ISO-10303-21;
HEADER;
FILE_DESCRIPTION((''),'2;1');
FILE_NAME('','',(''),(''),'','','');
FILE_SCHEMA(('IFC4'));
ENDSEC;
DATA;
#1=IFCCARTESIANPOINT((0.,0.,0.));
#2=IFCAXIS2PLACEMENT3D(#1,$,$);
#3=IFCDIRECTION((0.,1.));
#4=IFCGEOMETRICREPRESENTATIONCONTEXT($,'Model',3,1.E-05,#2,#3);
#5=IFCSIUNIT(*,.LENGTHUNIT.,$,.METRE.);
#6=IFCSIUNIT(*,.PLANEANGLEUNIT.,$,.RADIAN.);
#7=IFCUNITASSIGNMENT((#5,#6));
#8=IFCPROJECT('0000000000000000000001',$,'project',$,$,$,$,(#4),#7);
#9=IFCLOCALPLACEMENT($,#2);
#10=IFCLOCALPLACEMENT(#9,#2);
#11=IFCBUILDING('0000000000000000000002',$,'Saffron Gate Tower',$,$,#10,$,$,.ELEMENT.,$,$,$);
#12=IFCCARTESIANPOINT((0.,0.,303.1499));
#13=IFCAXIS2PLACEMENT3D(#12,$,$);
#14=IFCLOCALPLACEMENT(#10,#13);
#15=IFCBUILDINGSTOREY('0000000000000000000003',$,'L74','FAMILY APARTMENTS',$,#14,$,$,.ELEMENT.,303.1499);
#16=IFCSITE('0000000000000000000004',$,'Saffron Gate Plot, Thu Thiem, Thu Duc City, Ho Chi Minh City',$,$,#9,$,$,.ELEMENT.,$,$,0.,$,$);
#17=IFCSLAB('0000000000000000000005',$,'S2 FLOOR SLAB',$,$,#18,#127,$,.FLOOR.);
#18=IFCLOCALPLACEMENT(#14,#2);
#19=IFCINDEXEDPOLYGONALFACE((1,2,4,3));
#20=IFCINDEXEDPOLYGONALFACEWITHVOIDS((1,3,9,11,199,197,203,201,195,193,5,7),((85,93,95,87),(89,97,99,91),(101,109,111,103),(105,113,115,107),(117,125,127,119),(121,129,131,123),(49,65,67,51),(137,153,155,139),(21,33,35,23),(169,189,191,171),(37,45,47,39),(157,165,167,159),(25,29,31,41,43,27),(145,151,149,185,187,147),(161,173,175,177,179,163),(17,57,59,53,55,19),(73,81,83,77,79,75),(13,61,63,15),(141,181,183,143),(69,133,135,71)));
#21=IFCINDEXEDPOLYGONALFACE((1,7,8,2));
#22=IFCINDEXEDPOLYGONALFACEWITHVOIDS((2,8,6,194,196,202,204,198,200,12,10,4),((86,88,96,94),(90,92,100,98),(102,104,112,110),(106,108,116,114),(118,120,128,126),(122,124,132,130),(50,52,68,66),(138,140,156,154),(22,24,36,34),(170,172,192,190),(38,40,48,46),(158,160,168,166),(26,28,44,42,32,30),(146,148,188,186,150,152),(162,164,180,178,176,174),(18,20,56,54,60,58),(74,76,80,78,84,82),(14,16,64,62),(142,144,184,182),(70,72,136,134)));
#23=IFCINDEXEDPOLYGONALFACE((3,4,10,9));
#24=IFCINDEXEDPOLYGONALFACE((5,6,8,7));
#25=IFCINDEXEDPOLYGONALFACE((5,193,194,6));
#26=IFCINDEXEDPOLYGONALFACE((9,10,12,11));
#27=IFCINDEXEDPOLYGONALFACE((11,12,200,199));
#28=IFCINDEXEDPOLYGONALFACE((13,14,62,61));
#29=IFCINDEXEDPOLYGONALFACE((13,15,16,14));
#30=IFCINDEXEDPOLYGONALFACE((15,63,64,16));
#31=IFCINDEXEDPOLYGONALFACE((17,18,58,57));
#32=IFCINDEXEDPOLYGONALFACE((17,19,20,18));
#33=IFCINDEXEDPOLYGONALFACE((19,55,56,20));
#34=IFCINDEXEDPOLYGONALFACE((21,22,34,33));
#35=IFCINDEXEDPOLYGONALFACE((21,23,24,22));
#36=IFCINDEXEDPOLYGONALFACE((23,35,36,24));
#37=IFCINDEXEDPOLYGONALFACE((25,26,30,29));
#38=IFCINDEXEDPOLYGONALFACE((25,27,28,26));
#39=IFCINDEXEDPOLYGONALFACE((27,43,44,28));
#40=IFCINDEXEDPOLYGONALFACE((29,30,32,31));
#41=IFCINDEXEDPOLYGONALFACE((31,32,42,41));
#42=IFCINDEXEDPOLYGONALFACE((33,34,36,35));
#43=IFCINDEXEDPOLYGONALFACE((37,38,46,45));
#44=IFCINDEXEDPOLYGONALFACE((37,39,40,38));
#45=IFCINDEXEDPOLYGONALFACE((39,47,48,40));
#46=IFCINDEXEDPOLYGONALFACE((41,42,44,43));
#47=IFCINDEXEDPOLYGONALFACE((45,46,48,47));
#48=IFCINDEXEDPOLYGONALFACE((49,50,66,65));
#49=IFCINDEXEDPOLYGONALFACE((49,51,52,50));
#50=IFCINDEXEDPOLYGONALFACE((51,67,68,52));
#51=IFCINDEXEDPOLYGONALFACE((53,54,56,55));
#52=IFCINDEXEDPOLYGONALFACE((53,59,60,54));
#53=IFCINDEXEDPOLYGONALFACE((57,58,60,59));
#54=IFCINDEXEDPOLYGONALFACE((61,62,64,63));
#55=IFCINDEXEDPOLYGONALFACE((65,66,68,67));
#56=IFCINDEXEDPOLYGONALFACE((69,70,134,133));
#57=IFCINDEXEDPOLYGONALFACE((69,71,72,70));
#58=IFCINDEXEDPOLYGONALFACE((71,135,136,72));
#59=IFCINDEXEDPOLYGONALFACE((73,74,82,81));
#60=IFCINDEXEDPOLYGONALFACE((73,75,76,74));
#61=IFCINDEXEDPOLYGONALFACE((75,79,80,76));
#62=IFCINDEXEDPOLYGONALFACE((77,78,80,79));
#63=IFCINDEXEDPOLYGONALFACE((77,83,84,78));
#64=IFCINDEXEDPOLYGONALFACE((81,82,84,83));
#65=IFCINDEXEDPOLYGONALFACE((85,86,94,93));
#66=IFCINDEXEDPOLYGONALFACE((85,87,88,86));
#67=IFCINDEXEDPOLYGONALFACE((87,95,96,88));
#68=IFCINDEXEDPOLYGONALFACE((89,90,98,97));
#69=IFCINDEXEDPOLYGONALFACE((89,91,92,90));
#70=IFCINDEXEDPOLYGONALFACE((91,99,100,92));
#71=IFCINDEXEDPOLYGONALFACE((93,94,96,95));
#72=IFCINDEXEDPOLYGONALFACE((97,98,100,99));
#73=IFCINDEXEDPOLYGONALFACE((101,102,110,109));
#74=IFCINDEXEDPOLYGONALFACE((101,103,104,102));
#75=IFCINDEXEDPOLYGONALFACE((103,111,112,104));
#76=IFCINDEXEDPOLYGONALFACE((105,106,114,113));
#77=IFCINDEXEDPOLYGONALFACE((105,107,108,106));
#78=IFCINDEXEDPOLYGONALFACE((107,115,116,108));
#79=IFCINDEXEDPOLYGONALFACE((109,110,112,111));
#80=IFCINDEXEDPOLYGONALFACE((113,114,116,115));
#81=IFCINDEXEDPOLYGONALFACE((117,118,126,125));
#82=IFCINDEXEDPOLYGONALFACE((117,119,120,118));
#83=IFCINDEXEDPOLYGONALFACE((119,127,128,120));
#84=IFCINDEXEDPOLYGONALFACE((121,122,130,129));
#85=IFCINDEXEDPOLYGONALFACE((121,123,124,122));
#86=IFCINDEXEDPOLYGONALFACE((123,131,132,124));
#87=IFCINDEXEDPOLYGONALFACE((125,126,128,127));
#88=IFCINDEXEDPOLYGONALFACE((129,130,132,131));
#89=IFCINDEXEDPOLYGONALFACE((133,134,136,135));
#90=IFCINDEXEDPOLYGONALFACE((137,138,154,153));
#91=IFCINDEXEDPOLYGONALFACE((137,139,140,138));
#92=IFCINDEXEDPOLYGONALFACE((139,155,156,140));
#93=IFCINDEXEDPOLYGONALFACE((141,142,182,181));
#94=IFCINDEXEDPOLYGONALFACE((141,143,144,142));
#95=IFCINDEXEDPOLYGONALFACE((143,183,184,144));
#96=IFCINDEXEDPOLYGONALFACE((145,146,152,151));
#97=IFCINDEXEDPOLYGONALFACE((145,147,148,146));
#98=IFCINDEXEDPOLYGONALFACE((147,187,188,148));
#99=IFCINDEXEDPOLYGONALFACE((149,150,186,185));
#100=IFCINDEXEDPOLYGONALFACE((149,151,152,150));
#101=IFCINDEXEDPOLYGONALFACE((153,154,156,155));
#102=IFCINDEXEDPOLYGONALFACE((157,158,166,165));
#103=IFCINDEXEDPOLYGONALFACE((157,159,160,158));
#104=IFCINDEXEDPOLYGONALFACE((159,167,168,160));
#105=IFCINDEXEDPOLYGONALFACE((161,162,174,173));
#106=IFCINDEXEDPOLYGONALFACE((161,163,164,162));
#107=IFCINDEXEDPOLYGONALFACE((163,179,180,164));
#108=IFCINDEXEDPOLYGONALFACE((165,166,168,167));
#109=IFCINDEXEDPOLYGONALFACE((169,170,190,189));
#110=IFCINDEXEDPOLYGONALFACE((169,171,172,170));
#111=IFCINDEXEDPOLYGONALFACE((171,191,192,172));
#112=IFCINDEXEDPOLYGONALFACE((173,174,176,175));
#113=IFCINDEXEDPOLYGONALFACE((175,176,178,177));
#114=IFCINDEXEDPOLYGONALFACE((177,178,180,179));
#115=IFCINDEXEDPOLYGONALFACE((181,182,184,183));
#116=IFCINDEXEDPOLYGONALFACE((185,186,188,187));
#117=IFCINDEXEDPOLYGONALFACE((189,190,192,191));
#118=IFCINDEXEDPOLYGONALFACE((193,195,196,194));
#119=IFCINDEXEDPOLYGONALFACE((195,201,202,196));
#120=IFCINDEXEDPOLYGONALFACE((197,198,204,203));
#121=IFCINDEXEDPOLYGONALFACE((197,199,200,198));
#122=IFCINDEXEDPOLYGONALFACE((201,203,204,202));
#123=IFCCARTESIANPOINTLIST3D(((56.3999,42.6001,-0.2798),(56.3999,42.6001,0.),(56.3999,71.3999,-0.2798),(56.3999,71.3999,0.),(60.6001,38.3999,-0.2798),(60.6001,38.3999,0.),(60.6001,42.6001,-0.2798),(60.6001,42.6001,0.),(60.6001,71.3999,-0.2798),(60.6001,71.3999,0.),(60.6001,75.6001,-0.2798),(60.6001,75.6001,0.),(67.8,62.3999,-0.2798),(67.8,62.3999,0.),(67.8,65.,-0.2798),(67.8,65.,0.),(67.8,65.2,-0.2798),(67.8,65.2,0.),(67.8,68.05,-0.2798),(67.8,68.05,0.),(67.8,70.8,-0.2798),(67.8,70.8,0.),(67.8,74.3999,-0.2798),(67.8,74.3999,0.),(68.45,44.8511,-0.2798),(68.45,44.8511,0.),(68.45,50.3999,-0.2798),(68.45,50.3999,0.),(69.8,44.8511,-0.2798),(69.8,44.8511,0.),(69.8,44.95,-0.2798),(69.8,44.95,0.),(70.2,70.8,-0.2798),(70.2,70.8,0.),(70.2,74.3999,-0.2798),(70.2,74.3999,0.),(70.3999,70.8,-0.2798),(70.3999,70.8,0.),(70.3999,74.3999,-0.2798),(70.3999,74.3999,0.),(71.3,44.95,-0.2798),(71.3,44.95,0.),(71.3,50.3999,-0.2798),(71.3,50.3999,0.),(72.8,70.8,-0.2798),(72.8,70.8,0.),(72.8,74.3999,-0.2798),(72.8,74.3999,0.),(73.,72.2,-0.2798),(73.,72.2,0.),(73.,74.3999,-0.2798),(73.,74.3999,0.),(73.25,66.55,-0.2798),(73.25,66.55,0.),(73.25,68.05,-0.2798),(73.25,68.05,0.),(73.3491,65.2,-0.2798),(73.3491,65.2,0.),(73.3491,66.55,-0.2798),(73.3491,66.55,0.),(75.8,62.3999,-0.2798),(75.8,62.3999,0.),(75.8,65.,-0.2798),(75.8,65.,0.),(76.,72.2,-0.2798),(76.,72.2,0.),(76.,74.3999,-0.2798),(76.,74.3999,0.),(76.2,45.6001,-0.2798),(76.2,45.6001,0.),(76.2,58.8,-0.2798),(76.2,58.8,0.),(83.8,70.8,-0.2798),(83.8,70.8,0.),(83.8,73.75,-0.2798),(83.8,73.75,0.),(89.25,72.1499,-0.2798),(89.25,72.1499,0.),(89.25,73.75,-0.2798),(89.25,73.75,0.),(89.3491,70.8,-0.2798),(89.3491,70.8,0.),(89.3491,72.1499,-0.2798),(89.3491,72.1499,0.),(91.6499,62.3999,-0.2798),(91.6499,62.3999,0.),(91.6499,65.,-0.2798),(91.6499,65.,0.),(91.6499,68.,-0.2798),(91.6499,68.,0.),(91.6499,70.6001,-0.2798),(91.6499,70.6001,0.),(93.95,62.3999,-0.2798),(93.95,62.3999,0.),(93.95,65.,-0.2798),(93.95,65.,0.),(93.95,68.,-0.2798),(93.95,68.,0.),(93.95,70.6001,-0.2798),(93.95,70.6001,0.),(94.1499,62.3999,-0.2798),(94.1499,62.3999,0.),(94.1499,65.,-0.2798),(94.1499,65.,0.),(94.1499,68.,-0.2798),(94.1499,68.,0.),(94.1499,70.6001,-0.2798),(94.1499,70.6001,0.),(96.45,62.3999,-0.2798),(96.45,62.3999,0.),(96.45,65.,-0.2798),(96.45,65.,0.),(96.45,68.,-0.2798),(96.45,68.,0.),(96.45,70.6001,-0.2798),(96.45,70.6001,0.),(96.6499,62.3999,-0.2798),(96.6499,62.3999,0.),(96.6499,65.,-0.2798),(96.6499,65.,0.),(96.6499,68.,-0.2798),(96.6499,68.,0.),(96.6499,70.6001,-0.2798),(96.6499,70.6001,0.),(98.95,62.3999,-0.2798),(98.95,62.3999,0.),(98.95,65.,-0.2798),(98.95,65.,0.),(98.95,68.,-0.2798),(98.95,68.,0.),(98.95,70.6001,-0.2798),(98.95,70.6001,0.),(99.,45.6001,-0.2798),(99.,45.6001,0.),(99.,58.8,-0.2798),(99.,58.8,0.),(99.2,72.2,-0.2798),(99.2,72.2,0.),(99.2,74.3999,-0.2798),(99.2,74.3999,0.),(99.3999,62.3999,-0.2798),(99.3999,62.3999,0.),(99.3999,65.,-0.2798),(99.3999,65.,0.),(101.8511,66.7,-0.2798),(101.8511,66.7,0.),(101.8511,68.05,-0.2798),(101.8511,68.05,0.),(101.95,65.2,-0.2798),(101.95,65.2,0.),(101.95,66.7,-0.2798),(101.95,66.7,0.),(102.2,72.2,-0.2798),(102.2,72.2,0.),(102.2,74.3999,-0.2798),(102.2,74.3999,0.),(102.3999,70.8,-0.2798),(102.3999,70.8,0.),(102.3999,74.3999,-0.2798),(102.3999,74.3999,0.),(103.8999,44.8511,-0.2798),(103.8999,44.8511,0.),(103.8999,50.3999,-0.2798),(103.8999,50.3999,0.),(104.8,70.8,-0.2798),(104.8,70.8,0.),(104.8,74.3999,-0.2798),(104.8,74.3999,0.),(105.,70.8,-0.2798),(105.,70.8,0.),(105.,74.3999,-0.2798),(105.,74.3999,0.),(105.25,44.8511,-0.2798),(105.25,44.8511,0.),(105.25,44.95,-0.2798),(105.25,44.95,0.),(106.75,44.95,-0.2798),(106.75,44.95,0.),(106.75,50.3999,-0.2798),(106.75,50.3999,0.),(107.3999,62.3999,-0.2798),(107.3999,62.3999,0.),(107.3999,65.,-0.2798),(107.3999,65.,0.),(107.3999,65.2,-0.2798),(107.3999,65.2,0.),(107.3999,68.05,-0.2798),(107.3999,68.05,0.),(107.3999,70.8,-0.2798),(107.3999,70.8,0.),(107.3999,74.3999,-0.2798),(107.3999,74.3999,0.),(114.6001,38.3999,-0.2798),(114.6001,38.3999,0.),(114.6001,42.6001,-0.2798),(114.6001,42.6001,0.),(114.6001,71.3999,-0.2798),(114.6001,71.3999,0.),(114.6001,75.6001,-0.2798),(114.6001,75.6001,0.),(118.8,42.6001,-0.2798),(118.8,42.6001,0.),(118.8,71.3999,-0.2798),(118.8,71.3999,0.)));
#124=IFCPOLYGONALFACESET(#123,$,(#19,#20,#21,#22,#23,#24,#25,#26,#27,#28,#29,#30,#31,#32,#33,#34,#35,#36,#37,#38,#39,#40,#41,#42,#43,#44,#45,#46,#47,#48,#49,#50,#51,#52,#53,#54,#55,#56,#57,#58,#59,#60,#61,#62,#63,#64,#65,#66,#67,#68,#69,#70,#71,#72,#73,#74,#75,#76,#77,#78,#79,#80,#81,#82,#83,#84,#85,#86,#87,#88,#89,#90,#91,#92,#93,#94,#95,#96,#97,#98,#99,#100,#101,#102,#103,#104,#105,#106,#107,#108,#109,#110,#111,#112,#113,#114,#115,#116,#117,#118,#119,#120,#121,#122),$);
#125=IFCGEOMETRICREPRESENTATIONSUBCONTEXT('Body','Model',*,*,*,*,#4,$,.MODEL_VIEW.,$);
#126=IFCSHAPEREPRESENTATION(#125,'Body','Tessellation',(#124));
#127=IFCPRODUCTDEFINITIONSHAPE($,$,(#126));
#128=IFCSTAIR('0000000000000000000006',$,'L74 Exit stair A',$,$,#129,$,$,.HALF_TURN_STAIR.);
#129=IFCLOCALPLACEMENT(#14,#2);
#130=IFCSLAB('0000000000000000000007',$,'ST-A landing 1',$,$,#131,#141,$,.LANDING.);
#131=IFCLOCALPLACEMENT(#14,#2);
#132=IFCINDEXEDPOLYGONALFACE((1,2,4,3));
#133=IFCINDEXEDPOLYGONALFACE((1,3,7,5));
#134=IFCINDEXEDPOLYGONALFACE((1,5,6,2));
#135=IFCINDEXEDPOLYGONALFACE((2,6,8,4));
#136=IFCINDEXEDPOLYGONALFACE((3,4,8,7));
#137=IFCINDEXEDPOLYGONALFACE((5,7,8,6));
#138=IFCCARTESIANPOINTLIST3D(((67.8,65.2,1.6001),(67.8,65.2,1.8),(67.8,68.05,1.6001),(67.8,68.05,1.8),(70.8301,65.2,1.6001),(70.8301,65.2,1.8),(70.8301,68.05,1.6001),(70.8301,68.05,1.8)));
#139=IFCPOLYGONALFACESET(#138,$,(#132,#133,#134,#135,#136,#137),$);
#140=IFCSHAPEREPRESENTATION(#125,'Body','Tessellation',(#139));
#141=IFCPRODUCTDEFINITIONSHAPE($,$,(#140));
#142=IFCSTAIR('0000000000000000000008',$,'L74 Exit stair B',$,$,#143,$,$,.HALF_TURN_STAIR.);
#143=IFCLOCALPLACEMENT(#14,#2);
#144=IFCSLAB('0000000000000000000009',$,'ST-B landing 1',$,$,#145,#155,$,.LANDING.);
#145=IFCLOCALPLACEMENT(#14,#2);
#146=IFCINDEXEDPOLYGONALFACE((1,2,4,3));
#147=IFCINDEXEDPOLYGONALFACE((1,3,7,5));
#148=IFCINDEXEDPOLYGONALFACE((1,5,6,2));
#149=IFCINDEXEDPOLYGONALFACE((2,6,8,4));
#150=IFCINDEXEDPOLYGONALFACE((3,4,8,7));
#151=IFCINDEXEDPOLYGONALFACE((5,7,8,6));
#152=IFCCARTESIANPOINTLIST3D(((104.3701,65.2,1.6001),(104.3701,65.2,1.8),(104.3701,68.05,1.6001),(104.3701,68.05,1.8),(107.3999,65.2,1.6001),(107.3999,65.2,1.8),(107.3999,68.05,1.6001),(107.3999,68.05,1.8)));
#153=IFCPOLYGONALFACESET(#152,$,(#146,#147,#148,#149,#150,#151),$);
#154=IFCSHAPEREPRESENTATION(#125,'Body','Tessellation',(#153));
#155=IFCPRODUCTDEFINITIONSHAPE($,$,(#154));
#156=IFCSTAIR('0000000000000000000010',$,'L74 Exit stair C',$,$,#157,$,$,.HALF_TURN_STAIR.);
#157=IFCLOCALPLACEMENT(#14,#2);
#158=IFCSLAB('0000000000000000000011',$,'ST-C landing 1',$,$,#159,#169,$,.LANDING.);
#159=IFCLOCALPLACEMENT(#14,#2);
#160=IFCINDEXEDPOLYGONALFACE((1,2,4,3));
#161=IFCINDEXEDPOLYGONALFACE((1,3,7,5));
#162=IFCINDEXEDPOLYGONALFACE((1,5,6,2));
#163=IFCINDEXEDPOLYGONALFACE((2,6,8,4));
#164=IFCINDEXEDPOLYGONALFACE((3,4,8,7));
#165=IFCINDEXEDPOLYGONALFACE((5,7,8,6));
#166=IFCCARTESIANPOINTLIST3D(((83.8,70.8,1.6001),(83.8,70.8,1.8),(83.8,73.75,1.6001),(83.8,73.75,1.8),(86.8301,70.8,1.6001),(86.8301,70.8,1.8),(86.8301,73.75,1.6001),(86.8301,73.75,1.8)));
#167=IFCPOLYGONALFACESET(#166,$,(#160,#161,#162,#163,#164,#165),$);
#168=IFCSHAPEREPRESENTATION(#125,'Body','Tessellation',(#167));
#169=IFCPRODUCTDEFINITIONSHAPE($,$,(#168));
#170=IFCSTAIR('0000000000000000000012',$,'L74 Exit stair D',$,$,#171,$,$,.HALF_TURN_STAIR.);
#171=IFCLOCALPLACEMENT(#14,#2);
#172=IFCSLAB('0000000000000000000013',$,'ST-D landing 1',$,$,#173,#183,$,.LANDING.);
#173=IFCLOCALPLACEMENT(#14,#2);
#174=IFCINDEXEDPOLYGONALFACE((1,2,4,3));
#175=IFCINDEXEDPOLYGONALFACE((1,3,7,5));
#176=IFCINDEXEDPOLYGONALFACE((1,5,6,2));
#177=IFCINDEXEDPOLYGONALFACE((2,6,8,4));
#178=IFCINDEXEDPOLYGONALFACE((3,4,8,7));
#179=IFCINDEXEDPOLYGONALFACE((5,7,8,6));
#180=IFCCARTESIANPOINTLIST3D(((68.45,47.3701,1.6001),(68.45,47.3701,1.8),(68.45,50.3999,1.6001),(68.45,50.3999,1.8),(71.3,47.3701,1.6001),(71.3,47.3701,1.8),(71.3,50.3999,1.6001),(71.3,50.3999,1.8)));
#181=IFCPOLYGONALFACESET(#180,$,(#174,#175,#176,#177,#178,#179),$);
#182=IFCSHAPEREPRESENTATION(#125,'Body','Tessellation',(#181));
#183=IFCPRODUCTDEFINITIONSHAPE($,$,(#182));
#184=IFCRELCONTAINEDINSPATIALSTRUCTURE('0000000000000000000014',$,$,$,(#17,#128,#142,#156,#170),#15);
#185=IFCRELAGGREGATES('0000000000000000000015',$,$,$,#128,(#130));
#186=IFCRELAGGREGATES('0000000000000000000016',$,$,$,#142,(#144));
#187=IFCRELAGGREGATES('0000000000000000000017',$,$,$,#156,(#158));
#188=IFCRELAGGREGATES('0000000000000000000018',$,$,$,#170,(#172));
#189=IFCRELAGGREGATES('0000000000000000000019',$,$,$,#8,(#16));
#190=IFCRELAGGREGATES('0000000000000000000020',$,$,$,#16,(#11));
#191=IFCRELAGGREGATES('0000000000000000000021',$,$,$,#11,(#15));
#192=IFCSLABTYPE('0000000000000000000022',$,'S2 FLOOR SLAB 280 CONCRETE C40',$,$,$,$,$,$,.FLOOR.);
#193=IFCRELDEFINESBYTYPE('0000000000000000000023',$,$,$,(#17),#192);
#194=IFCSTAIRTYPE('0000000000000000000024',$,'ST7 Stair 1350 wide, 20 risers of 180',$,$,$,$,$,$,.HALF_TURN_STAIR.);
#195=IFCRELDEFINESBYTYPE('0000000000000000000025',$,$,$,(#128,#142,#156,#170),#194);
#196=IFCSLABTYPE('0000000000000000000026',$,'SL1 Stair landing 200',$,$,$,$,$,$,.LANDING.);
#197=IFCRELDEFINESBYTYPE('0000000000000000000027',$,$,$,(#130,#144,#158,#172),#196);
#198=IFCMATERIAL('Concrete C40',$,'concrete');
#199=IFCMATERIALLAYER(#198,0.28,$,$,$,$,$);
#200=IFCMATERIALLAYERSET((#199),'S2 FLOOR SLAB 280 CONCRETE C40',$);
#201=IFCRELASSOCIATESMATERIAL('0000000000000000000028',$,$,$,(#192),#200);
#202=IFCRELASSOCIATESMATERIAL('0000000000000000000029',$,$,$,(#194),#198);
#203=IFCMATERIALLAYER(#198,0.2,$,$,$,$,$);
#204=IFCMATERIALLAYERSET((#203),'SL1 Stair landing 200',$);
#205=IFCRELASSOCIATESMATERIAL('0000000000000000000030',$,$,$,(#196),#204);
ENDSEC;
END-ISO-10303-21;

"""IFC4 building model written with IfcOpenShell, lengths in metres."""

from ifc_helpers import new_model, si_unit, direction, frame, origin, place, context, subcontext, project, spatial, polyline, outline, extrude, material, layer, layer_set, type_object, element, aggregate, save


model = new_model("IFC4")

# Units and contexts
model_context = context("Model", 3, precision=1e-05, world=origin(), true_north=direction((0.0, 1.0)))
body_context = subcontext(model_context, "Body", "Model", "MODEL_VIEW")
ifc_project = project(units=[si_unit("LENGTHUNIT", "METRE"), si_unit("PLANEANGLEUNIT", "RADIAN")], contexts=[model_context])

# Site, building, storey
site_placement = place(None, origin())
site = spatial("IfcSite", under=ifc_project, at=site_placement, Name="Saffron Gate Plot, Thu Thiem, Thu Duc City, Ho Chi Minh City", CompositionType="ELEMENT", RefElevation=0.0)
building_placement = place(site_placement, origin())
building = spatial("IfcBuilding", under=site, at=building_placement, Name="Saffron Gate Tower", CompositionType="ELEMENT")
storey_placement = place(building_placement, frame((0.0, 0.0, 303.1499)))
storey = spatial("IfcBuildingStorey", under=building, at=storey_placement, Name="L74", Description="FAMILY APARTMENTS", CompositionType="ELEMENT", Elevation=303.1499)

# Shared definitions
ifc_material_1 = material(Name="Concrete C40", Category="concrete")

# Slab
ifc_layer_1 = layer(ifc_material_1, 0.28)
ifc_layer_set_1 = layer_set([ifc_layer_1], Name="S2 FLOOR SLAB 280 CONCRETE C40")
slab_type_1 = type_object("IfcSlabType", Name="S2 FLOOR SLAB 280 CONCRETE C40", PredefinedType="FLOOR", material=ifc_layer_set_1)
slab_1_placement = place(storey_placement, frame((0.0, 0.0, -0.2798)))
element("IfcSlab", 1, at=slab_1_placement, inside=storey, type_object=slab_type_1, Name="S2 FLOOR SLAB", PredefinedType="FLOOR", context=body_context, shape_type="SweptSolid", body=[
    extrude(outline(polyline([(56.3999, 42.6001), (60.6001, 42.6001), (60.6001, 38.3999), (114.6001, 38.3999), (114.6001, 42.6001), (118.8, 42.6001), (118.8, 71.3999), (114.6001, 71.3999), (114.6001, 75.6001), (60.6001, 75.6001), (60.6001, 71.3999), (56.3999, 71.3999), (56.3999, 42.6001)]), holes=[polyline([(67.8, 62.3999), (67.8, 65.0), (75.8, 65.0), (75.8, 62.3999), (67.8, 62.3999)]), polyline([(67.8, 65.2), (67.8, 68.05), (73.25, 68.05), (73.25, 66.55), (73.3491, 66.55), (73.3491, 65.2), (67.8, 65.2)]), polyline([(67.8, 70.8), (67.8, 74.3999), (70.2, 74.3999), (70.2, 70.8), (67.8, 70.8)]), polyline([(68.45, 44.8511), (68.45, 50.3999), (71.3, 50.3999), (71.3, 44.95), (69.8, 44.95), (69.8, 44.8511), (68.45, 44.8511)]), polyline([(70.3999, 70.8), (70.3999, 74.3999), (72.8, 74.3999), (72.8, 70.8), (70.3999, 70.8)]), polyline([(73.0, 72.2), (73.0, 74.3999), (76.0, 74.3999), (76.0, 72.2), (73.0, 72.2)]), polyline([(76.2, 45.6001), (76.2, 58.8), (99.0, 58.8), (99.0, 45.6001), (76.2, 45.6001)]), polyline([(83.8, 70.8), (83.8, 73.75), (89.25, 73.75), (89.25, 72.1499), (89.3491, 72.1499), (89.3491, 70.8), (83.8, 70.8)]), polyline([(91.6499, 62.3999), (91.6499, 65.0), (93.95, 65.0), (93.95, 62.3999), (91.6499, 62.3999)]), polyline([(91.6499, 68.0), (91.6499, 70.6001), (93.95, 70.6001), (93.95, 68.0), (91.6499, 68.0)]), polyline([(94.1499, 62.3999), (94.1499, 65.0), (96.45, 65.0), (96.45, 62.3999), (94.1499, 62.3999)]), polyline([(94.1499, 68.0), (94.1499, 70.6001), (96.45, 70.6001), (96.45, 68.0), (94.1499, 68.0)]), polyline([(96.6499, 62.3999), (96.6499, 65.0), (98.95, 65.0), (98.95, 62.3999), (96.6499, 62.3999)]), polyline([(96.6499, 68.0), (96.6499, 70.6001), (98.95, 70.6001), (98.95, 68.0), (96.6499, 68.0)]), polyline([(99.2, 72.2), (99.2, 74.3999), (102.2, 74.3999), (102.2, 72.2), (99.2, 72.2)]), polyline([(99.3999, 62.3999), (99.3999, 65.0), (107.3999, 65.0), (107.3999, 62.3999), (99.3999, 62.3999)]), polyline([(101.8511, 66.7), (101.8511, 68.05), (107.3999, 68.05), (107.3999, 65.2), (101.95, 65.2), (101.95, 66.7), (101.8511, 66.7)]), polyline([(102.3999, 70.8), (102.3999, 74.3999), (104.8, 74.3999), (104.8, 70.8), (102.3999, 70.8)]), polyline([(103.8999, 44.8511), (103.8999, 50.3999), (106.75, 50.3999), (106.75, 44.95), (105.25, 44.95), (105.25, 44.8511), (103.8999, 44.8511)]), polyline([(105.0, 70.8), (105.0, 74.3999), (107.3999, 74.3999), (107.3999, 70.8), (105.0, 70.8)])]), origin(), (0.0, 0.0, 1.0), 0.2798),
])

# Stairs, slabs
stair_type = type_object("IfcStairType", Name="ST7 Stair 1350 wide, 20 risers of 180", PredefinedType="HALF_TURN_STAIR", material=ifc_material_1)
stair_1_placement = place(storey_placement, origin())
stair_1 = element("IfcStair", 2, at=stair_1_placement, inside=storey, type_object=stair_type, Name="L74 Exit stair A", PredefinedType="HALF_TURN_STAIR")
ifc_layer_2 = layer(ifc_material_1, 0.2)
ifc_layer_set_2 = layer_set([ifc_layer_2], Name="SL1 Stair landing 200")
slab_type_2 = type_object("IfcSlabType", Name="SL1 Stair landing 200", PredefinedType="LANDING", material=ifc_layer_set_2)
slab_2_placement = place(storey_placement, frame((0.0, 0.0, 1.6001)))
slab_2 = element("IfcSlab", 3, at=slab_2_placement, type_object=slab_type_2, Name="ST-A landing 1", PredefinedType="LANDING", context=body_context, shape_type="SweptSolid", body=[
    extrude(outline(polyline([(70.8301, 68.05), (67.8, 68.05), (67.8, 65.2), (70.8301, 65.2), (70.8301, 68.05)])), origin(), (0.0, 0.0, 1.0), 0.2),
])
aggregate(stair_1, [slab_2])
stair_2_placement = place(storey_placement, origin())
stair_2 = element("IfcStair", 4, at=stair_2_placement, inside=storey, type_object=stair_type, Name="L74 Exit stair B", PredefinedType="HALF_TURN_STAIR")
slab_3_placement = place(storey_placement, frame((0.0, 0.0, 1.6001)))
slab_3 = element("IfcSlab", 5, at=slab_3_placement, type_object=slab_type_2, Name="ST-B landing 1", PredefinedType="LANDING", context=body_context, shape_type="SweptSolid", body=[
    extrude(outline(polyline([(104.3701, 65.2), (107.3999, 65.2), (107.3999, 68.05), (104.3701, 68.05), (104.3701, 65.2)])), origin(), (0.0, 0.0, 1.0), 0.2),
])
aggregate(stair_2, [slab_3])
stair_3_placement = place(storey_placement, origin())
stair_3 = element("IfcStair", 6, at=stair_3_placement, inside=storey, type_object=stair_type, Name="L74 Exit stair C", PredefinedType="HALF_TURN_STAIR")
slab_4_placement = place(storey_placement, frame((0.0, 0.0, 1.6001)))
slab_4 = element("IfcSlab", 7, at=slab_4_placement, type_object=slab_type_2, Name="ST-C landing 1", PredefinedType="LANDING", context=body_context, shape_type="SweptSolid", body=[
    extrude(outline(polyline([(86.8301, 73.75), (83.8, 73.75), (83.8, 70.8), (86.8301, 70.8), (86.8301, 73.75)])), origin(), (0.0, 0.0, 1.0), 0.2),
])
aggregate(stair_3, [slab_4])
stair_4_placement = place(storey_placement, origin())
stair_4 = element("IfcStair", 8, at=stair_4_placement, inside=storey, type_object=stair_type, Name="L74 Exit stair D", PredefinedType="HALF_TURN_STAIR")
slab_5_placement = place(storey_placement, frame((0.0, 0.0, 1.6001)))
slab_5 = element("IfcSlab", 9, at=slab_5_placement, type_object=slab_type_2, Name="ST-D landing 1", PredefinedType="LANDING", context=body_context, shape_type="SweptSolid", body=[
    extrude(outline(polyline([(71.3, 47.3701), (71.3, 50.3999), (68.45, 50.3999), (68.45, 47.3701), (71.3, 47.3701)])), origin(), (0.0, 0.0, 1.0), 0.2),
])
aggregate(stair_4, [slab_5])

save(model, "model.ifc")
